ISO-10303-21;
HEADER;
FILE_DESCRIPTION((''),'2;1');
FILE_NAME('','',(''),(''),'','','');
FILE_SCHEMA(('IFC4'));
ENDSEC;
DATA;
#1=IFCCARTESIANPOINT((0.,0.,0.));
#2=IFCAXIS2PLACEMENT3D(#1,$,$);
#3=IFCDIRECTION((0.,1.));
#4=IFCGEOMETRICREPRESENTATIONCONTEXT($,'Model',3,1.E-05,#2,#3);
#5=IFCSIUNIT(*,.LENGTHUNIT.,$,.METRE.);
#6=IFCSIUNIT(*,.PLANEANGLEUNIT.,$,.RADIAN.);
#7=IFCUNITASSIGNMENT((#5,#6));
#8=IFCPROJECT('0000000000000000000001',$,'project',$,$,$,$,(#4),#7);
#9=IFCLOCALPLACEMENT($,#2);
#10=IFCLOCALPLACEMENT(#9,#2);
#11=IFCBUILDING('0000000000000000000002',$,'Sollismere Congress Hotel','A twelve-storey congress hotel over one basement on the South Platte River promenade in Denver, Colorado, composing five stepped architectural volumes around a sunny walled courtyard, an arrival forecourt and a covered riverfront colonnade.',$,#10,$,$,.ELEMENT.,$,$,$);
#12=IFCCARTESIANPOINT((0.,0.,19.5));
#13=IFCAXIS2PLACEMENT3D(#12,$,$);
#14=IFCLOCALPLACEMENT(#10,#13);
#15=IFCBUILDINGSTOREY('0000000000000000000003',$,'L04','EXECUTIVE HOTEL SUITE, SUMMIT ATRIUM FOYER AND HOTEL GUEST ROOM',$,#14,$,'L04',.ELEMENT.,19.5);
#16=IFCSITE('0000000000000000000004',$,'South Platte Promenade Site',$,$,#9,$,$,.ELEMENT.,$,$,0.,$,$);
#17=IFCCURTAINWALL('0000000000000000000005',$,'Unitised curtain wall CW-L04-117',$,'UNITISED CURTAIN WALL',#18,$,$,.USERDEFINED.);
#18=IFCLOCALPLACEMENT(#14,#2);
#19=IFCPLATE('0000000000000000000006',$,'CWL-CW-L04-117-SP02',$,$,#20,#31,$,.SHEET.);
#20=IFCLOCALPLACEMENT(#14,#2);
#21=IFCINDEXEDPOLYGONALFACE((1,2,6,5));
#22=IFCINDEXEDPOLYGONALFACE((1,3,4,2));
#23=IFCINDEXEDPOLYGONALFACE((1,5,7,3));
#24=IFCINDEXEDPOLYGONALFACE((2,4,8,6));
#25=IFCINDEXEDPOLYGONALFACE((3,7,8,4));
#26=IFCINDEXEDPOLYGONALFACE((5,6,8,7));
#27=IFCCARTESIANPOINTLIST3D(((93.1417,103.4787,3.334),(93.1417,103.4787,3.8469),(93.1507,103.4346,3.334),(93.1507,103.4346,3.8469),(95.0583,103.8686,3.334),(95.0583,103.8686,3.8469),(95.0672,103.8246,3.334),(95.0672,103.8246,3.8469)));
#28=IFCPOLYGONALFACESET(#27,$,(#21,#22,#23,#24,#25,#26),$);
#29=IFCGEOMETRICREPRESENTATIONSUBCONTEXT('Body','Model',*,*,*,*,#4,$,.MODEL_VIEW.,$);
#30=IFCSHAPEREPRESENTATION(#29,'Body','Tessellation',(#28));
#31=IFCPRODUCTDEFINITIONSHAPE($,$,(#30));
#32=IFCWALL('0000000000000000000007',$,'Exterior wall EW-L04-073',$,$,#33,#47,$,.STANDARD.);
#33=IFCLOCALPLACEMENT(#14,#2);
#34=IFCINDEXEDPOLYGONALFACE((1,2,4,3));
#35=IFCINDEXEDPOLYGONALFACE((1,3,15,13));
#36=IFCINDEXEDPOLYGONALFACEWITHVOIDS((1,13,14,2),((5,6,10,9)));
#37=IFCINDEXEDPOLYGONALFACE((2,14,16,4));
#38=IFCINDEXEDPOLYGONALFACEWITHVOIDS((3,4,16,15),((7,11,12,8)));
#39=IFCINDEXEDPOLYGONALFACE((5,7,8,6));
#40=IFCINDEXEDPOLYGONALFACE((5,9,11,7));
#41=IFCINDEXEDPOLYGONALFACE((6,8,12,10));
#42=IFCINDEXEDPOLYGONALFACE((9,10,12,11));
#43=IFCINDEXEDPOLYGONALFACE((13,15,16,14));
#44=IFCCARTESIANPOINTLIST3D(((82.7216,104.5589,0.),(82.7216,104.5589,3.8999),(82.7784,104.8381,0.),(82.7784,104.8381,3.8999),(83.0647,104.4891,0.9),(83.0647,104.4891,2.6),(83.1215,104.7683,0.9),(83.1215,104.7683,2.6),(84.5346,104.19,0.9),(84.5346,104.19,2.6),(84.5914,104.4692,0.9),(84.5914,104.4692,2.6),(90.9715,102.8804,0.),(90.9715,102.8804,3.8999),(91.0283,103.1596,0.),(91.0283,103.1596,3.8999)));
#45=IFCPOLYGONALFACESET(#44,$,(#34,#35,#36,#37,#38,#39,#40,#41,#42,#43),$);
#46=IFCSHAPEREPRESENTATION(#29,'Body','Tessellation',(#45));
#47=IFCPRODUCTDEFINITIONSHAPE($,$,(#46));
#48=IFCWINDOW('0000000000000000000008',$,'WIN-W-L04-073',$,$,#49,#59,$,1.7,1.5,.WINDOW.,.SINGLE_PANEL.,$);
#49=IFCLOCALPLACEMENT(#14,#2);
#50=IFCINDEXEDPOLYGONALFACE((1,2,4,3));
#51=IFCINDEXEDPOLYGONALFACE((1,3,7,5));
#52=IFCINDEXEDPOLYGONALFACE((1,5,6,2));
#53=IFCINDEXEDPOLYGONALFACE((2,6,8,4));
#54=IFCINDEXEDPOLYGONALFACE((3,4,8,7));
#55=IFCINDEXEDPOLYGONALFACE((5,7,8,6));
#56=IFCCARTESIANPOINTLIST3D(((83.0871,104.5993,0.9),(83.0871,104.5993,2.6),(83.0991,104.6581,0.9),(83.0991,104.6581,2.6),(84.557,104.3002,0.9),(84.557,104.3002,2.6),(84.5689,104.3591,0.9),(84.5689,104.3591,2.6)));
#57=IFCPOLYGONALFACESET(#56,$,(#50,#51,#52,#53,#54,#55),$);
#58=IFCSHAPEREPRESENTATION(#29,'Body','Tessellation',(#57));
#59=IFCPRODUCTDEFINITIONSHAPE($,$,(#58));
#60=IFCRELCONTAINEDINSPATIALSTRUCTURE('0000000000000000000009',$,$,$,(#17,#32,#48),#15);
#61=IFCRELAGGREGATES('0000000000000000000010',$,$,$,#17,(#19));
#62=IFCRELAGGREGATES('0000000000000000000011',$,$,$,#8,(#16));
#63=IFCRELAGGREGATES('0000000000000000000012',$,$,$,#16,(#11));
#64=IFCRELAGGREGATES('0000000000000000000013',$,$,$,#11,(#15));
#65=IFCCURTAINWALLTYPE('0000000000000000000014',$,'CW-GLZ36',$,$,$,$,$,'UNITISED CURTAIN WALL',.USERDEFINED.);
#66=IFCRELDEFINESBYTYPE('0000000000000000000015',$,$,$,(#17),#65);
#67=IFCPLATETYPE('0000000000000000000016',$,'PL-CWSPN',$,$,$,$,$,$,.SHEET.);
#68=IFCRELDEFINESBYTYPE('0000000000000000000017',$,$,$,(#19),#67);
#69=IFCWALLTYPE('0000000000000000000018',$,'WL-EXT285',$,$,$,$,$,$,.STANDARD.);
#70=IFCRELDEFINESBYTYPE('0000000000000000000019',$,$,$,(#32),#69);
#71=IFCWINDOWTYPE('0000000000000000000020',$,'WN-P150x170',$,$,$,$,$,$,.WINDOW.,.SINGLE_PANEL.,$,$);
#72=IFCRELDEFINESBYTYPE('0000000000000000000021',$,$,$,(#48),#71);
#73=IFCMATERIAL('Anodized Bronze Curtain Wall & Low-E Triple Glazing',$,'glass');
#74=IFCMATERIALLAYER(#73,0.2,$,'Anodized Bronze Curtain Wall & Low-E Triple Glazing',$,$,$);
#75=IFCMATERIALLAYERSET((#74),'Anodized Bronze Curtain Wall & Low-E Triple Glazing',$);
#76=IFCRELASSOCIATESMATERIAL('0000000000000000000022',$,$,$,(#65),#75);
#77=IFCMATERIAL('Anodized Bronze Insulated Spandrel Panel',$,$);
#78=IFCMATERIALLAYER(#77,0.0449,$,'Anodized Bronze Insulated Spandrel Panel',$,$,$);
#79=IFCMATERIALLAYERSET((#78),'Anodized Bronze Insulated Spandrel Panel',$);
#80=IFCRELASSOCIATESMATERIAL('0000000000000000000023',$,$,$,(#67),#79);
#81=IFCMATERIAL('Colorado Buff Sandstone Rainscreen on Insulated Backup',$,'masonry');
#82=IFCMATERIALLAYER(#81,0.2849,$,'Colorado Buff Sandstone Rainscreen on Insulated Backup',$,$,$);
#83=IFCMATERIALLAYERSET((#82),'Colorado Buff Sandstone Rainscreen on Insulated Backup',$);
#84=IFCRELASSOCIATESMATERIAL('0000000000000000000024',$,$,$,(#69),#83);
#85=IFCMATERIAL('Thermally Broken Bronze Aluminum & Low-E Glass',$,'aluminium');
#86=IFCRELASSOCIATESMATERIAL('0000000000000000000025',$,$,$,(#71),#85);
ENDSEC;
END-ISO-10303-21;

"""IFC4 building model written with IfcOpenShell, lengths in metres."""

from ifc_helpers import new_model, si_unit, direction, frame, frame_2d, origin, origin_2d, place, context, subcontext, project, spatial, rectangle, extrude, material, layer, layer_set, type_object, element, fill, aggregate, save


model = new_model("IFC4")

# Units and contexts
model_context = context("Model", 3, precision=1e-05, world=origin(), true_north=direction((0.0, 1.0)))
body_context = subcontext(model_context, "Body", "Model", "MODEL_VIEW")
ifc_project = project(units=[si_unit("LENGTHUNIT", "METRE"), si_unit("PLANEANGLEUNIT", "RADIAN")], contexts=[model_context])

# Site, building, storey
site_placement = place(None, origin())
site = spatial("IfcSite", under=ifc_project, at=site_placement, Name="South Platte Promenade Site", CompositionType="ELEMENT", RefElevation=0.0)
building_placement = place(site_placement, origin())
building = spatial("IfcBuilding", under=site, at=building_placement, Name="Sollismere Congress Hotel", Description="A twelve-storey congress hotel over one basement on the South Platte River promenade in Denver, Colorado, composing five stepped architectural volumes around a sunny walled courtyard, an arrival forecourt and a covered riverfront colonnade.", CompositionType="ELEMENT")
storey_placement = place(building_placement, frame((0.0, 0.0, 19.5)))
storey = spatial("IfcBuildingStorey", under=building, at=storey_placement, Name="L04", Description="EXECUTIVE HOTEL SUITE, SUMMIT ATRIUM FOYER AND HOTEL GUEST ROOM", LongName="L04", CompositionType="ELEMENT", Elevation=19.5)

# Curtain wall
ifc_material_1 = material(Name="Anodized Bronze Curtain Wall & Low-E Triple Glazing", Category="glass")
ifc_layer_1 = layer(ifc_material_1, 0.2, Name="Anodized Bronze Curtain Wall & Low-E Triple Glazing")
ifc_layer_set_1 = layer_set([ifc_layer_1], Name="Anodized Bronze Curtain Wall & Low-E Triple Glazing")
curtain_wall_type = type_object("IfcCurtainWallType", Name="CW-GLZ36", ElementType="UNITISED CURTAIN WALL", PredefinedType="USERDEFINED", material=ifc_layer_set_1)
curtain_wall_1_placement = place(storey_placement, origin())
curtain_wall_1 = element("IfcCurtainWall", 1, at=curtain_wall_1_placement, inside=storey, type_object=curtain_wall_type, Name="Unitised curtain wall CW-L04-117", ObjectType="UNITISED CURTAIN WALL", PredefinedType="USERDEFINED")

# Plate
ifc_material_2 = material(Name="Anodized Bronze Insulated Spandrel Panel")
ifc_layer_2 = layer(ifc_material_2, 0.0449, Name="Anodized Bronze Insulated Spandrel Panel")
ifc_layer_set_2 = layer_set([ifc_layer_2], Name="Anodized Bronze Insulated Spandrel Panel")
plate_type_1 = type_object("IfcPlateType", Name="PL-CWSPN", PredefinedType="SHEET", material=ifc_layer_set_2)
plate_1_placement = place(storey_placement, frame((94.1045, 103.6516, 3.334), z_axis=(0.0, 0.0, 1.0), x_axis=(0.979925, 0.199368, 0.0)))
plate_1 = element("IfcPlate", 2, at=plate_1_placement, type_object=plate_type_1, Name="CWL-CW-L04-117-SP02", PredefinedType="SHEET", context=body_context, shape_type="SweptSolid", body=[
    extrude(rectangle(XDim=1.9558, YDim=0.0449, at=origin_2d()), origin(), (0.0, 0.0, 1.0), 0.5129),
])
aggregate(curtain_wall_1, [plate_1])

# Wall, opening, window
ifc_material_3 = material(Name="Colorado Buff Sandstone Rainscreen on Insulated Backup", Category="masonry")
ifc_layer_3 = layer(ifc_material_3, 0.2849, Name="Colorado Buff Sandstone Rainscreen on Insulated Backup")
ifc_layer_set_3 = layer_set([ifc_layer_3], Name="Colorado Buff Sandstone Rainscreen on Insulated Backup")
wall_type = type_object("IfcWallType", Name="WL-EXT285", PredefinedType="STANDARD", material=ifc_layer_set_3)
wall_placement = place(storey_placement, frame((82.75, 104.6985, 0.0), z_axis=(0.0, 0.0, 1.0), x_axis=(0.979925, -0.199366, 0.0)))
wall = element("IfcWall", 3, at=wall_placement, inside=storey, type_object=wall_type, Name="Exterior wall EW-L04-073", PredefinedType="STANDARD", context=body_context, shape_type="SweptSolid", body=[
    extrude(rectangle(XDim=8.4189, YDim=0.2849, at=frame_2d((4.2095, 0.0))), origin(), (0.0, 0.0, 1.0), 3.8999),
])
opening_placement = place(wall_placement, frame((0.3501, 0.0, 0.8999)))
opening = element("IfcOpeningElement", 4, at=opening_placement, cuts=wall, PredefinedType="OPENING", context=body_context, shape_type="SweptSolid", body=[
    extrude(rectangle(XDim=1.5, YDim=1.7, at=frame_2d((0.75, 0.8501))), frame((0.0, 0.1523, 0.0), z_axis=(0.0, -1.0, 0.0), x_axis=(1.0, 0.0, 0.0)), (0.0, 0.0, 1.0), 0.3049),
])
ifc_material_4 = material(Name="Thermally Broken Bronze Aluminum & Low-E Glass", Category="aluminium")
window_type = type_object("IfcWindowType", Name="WN-P150x170", PartitioningType="SINGLE_PANEL", PredefinedType="WINDOW", material=ifc_material_4)
window_placement = place(opening_placement, origin())
window = element("IfcWindow", 5, at=window_placement, inside=storey, type_object=window_type, Name="WIN-W-L04-073", OverallHeight=1.7, OverallWidth=1.5, PartitioningType="SINGLE_PANEL", PredefinedType="WINDOW", context=body_context, shape_type="SweptSolid", body=[
    extrude(rectangle(XDim=1.5, YDim=1.7, at=frame_2d((0.75, 0.8501))), frame((0.0, 0.03, 0.0), z_axis=(0.0, -1.0, 0.0), x_axis=(1.0, 0.0, 0.0)), (0.0, 0.0, 1.0), 0.0601),
])
fill(opening, window)

save(model, "model.ifc")
